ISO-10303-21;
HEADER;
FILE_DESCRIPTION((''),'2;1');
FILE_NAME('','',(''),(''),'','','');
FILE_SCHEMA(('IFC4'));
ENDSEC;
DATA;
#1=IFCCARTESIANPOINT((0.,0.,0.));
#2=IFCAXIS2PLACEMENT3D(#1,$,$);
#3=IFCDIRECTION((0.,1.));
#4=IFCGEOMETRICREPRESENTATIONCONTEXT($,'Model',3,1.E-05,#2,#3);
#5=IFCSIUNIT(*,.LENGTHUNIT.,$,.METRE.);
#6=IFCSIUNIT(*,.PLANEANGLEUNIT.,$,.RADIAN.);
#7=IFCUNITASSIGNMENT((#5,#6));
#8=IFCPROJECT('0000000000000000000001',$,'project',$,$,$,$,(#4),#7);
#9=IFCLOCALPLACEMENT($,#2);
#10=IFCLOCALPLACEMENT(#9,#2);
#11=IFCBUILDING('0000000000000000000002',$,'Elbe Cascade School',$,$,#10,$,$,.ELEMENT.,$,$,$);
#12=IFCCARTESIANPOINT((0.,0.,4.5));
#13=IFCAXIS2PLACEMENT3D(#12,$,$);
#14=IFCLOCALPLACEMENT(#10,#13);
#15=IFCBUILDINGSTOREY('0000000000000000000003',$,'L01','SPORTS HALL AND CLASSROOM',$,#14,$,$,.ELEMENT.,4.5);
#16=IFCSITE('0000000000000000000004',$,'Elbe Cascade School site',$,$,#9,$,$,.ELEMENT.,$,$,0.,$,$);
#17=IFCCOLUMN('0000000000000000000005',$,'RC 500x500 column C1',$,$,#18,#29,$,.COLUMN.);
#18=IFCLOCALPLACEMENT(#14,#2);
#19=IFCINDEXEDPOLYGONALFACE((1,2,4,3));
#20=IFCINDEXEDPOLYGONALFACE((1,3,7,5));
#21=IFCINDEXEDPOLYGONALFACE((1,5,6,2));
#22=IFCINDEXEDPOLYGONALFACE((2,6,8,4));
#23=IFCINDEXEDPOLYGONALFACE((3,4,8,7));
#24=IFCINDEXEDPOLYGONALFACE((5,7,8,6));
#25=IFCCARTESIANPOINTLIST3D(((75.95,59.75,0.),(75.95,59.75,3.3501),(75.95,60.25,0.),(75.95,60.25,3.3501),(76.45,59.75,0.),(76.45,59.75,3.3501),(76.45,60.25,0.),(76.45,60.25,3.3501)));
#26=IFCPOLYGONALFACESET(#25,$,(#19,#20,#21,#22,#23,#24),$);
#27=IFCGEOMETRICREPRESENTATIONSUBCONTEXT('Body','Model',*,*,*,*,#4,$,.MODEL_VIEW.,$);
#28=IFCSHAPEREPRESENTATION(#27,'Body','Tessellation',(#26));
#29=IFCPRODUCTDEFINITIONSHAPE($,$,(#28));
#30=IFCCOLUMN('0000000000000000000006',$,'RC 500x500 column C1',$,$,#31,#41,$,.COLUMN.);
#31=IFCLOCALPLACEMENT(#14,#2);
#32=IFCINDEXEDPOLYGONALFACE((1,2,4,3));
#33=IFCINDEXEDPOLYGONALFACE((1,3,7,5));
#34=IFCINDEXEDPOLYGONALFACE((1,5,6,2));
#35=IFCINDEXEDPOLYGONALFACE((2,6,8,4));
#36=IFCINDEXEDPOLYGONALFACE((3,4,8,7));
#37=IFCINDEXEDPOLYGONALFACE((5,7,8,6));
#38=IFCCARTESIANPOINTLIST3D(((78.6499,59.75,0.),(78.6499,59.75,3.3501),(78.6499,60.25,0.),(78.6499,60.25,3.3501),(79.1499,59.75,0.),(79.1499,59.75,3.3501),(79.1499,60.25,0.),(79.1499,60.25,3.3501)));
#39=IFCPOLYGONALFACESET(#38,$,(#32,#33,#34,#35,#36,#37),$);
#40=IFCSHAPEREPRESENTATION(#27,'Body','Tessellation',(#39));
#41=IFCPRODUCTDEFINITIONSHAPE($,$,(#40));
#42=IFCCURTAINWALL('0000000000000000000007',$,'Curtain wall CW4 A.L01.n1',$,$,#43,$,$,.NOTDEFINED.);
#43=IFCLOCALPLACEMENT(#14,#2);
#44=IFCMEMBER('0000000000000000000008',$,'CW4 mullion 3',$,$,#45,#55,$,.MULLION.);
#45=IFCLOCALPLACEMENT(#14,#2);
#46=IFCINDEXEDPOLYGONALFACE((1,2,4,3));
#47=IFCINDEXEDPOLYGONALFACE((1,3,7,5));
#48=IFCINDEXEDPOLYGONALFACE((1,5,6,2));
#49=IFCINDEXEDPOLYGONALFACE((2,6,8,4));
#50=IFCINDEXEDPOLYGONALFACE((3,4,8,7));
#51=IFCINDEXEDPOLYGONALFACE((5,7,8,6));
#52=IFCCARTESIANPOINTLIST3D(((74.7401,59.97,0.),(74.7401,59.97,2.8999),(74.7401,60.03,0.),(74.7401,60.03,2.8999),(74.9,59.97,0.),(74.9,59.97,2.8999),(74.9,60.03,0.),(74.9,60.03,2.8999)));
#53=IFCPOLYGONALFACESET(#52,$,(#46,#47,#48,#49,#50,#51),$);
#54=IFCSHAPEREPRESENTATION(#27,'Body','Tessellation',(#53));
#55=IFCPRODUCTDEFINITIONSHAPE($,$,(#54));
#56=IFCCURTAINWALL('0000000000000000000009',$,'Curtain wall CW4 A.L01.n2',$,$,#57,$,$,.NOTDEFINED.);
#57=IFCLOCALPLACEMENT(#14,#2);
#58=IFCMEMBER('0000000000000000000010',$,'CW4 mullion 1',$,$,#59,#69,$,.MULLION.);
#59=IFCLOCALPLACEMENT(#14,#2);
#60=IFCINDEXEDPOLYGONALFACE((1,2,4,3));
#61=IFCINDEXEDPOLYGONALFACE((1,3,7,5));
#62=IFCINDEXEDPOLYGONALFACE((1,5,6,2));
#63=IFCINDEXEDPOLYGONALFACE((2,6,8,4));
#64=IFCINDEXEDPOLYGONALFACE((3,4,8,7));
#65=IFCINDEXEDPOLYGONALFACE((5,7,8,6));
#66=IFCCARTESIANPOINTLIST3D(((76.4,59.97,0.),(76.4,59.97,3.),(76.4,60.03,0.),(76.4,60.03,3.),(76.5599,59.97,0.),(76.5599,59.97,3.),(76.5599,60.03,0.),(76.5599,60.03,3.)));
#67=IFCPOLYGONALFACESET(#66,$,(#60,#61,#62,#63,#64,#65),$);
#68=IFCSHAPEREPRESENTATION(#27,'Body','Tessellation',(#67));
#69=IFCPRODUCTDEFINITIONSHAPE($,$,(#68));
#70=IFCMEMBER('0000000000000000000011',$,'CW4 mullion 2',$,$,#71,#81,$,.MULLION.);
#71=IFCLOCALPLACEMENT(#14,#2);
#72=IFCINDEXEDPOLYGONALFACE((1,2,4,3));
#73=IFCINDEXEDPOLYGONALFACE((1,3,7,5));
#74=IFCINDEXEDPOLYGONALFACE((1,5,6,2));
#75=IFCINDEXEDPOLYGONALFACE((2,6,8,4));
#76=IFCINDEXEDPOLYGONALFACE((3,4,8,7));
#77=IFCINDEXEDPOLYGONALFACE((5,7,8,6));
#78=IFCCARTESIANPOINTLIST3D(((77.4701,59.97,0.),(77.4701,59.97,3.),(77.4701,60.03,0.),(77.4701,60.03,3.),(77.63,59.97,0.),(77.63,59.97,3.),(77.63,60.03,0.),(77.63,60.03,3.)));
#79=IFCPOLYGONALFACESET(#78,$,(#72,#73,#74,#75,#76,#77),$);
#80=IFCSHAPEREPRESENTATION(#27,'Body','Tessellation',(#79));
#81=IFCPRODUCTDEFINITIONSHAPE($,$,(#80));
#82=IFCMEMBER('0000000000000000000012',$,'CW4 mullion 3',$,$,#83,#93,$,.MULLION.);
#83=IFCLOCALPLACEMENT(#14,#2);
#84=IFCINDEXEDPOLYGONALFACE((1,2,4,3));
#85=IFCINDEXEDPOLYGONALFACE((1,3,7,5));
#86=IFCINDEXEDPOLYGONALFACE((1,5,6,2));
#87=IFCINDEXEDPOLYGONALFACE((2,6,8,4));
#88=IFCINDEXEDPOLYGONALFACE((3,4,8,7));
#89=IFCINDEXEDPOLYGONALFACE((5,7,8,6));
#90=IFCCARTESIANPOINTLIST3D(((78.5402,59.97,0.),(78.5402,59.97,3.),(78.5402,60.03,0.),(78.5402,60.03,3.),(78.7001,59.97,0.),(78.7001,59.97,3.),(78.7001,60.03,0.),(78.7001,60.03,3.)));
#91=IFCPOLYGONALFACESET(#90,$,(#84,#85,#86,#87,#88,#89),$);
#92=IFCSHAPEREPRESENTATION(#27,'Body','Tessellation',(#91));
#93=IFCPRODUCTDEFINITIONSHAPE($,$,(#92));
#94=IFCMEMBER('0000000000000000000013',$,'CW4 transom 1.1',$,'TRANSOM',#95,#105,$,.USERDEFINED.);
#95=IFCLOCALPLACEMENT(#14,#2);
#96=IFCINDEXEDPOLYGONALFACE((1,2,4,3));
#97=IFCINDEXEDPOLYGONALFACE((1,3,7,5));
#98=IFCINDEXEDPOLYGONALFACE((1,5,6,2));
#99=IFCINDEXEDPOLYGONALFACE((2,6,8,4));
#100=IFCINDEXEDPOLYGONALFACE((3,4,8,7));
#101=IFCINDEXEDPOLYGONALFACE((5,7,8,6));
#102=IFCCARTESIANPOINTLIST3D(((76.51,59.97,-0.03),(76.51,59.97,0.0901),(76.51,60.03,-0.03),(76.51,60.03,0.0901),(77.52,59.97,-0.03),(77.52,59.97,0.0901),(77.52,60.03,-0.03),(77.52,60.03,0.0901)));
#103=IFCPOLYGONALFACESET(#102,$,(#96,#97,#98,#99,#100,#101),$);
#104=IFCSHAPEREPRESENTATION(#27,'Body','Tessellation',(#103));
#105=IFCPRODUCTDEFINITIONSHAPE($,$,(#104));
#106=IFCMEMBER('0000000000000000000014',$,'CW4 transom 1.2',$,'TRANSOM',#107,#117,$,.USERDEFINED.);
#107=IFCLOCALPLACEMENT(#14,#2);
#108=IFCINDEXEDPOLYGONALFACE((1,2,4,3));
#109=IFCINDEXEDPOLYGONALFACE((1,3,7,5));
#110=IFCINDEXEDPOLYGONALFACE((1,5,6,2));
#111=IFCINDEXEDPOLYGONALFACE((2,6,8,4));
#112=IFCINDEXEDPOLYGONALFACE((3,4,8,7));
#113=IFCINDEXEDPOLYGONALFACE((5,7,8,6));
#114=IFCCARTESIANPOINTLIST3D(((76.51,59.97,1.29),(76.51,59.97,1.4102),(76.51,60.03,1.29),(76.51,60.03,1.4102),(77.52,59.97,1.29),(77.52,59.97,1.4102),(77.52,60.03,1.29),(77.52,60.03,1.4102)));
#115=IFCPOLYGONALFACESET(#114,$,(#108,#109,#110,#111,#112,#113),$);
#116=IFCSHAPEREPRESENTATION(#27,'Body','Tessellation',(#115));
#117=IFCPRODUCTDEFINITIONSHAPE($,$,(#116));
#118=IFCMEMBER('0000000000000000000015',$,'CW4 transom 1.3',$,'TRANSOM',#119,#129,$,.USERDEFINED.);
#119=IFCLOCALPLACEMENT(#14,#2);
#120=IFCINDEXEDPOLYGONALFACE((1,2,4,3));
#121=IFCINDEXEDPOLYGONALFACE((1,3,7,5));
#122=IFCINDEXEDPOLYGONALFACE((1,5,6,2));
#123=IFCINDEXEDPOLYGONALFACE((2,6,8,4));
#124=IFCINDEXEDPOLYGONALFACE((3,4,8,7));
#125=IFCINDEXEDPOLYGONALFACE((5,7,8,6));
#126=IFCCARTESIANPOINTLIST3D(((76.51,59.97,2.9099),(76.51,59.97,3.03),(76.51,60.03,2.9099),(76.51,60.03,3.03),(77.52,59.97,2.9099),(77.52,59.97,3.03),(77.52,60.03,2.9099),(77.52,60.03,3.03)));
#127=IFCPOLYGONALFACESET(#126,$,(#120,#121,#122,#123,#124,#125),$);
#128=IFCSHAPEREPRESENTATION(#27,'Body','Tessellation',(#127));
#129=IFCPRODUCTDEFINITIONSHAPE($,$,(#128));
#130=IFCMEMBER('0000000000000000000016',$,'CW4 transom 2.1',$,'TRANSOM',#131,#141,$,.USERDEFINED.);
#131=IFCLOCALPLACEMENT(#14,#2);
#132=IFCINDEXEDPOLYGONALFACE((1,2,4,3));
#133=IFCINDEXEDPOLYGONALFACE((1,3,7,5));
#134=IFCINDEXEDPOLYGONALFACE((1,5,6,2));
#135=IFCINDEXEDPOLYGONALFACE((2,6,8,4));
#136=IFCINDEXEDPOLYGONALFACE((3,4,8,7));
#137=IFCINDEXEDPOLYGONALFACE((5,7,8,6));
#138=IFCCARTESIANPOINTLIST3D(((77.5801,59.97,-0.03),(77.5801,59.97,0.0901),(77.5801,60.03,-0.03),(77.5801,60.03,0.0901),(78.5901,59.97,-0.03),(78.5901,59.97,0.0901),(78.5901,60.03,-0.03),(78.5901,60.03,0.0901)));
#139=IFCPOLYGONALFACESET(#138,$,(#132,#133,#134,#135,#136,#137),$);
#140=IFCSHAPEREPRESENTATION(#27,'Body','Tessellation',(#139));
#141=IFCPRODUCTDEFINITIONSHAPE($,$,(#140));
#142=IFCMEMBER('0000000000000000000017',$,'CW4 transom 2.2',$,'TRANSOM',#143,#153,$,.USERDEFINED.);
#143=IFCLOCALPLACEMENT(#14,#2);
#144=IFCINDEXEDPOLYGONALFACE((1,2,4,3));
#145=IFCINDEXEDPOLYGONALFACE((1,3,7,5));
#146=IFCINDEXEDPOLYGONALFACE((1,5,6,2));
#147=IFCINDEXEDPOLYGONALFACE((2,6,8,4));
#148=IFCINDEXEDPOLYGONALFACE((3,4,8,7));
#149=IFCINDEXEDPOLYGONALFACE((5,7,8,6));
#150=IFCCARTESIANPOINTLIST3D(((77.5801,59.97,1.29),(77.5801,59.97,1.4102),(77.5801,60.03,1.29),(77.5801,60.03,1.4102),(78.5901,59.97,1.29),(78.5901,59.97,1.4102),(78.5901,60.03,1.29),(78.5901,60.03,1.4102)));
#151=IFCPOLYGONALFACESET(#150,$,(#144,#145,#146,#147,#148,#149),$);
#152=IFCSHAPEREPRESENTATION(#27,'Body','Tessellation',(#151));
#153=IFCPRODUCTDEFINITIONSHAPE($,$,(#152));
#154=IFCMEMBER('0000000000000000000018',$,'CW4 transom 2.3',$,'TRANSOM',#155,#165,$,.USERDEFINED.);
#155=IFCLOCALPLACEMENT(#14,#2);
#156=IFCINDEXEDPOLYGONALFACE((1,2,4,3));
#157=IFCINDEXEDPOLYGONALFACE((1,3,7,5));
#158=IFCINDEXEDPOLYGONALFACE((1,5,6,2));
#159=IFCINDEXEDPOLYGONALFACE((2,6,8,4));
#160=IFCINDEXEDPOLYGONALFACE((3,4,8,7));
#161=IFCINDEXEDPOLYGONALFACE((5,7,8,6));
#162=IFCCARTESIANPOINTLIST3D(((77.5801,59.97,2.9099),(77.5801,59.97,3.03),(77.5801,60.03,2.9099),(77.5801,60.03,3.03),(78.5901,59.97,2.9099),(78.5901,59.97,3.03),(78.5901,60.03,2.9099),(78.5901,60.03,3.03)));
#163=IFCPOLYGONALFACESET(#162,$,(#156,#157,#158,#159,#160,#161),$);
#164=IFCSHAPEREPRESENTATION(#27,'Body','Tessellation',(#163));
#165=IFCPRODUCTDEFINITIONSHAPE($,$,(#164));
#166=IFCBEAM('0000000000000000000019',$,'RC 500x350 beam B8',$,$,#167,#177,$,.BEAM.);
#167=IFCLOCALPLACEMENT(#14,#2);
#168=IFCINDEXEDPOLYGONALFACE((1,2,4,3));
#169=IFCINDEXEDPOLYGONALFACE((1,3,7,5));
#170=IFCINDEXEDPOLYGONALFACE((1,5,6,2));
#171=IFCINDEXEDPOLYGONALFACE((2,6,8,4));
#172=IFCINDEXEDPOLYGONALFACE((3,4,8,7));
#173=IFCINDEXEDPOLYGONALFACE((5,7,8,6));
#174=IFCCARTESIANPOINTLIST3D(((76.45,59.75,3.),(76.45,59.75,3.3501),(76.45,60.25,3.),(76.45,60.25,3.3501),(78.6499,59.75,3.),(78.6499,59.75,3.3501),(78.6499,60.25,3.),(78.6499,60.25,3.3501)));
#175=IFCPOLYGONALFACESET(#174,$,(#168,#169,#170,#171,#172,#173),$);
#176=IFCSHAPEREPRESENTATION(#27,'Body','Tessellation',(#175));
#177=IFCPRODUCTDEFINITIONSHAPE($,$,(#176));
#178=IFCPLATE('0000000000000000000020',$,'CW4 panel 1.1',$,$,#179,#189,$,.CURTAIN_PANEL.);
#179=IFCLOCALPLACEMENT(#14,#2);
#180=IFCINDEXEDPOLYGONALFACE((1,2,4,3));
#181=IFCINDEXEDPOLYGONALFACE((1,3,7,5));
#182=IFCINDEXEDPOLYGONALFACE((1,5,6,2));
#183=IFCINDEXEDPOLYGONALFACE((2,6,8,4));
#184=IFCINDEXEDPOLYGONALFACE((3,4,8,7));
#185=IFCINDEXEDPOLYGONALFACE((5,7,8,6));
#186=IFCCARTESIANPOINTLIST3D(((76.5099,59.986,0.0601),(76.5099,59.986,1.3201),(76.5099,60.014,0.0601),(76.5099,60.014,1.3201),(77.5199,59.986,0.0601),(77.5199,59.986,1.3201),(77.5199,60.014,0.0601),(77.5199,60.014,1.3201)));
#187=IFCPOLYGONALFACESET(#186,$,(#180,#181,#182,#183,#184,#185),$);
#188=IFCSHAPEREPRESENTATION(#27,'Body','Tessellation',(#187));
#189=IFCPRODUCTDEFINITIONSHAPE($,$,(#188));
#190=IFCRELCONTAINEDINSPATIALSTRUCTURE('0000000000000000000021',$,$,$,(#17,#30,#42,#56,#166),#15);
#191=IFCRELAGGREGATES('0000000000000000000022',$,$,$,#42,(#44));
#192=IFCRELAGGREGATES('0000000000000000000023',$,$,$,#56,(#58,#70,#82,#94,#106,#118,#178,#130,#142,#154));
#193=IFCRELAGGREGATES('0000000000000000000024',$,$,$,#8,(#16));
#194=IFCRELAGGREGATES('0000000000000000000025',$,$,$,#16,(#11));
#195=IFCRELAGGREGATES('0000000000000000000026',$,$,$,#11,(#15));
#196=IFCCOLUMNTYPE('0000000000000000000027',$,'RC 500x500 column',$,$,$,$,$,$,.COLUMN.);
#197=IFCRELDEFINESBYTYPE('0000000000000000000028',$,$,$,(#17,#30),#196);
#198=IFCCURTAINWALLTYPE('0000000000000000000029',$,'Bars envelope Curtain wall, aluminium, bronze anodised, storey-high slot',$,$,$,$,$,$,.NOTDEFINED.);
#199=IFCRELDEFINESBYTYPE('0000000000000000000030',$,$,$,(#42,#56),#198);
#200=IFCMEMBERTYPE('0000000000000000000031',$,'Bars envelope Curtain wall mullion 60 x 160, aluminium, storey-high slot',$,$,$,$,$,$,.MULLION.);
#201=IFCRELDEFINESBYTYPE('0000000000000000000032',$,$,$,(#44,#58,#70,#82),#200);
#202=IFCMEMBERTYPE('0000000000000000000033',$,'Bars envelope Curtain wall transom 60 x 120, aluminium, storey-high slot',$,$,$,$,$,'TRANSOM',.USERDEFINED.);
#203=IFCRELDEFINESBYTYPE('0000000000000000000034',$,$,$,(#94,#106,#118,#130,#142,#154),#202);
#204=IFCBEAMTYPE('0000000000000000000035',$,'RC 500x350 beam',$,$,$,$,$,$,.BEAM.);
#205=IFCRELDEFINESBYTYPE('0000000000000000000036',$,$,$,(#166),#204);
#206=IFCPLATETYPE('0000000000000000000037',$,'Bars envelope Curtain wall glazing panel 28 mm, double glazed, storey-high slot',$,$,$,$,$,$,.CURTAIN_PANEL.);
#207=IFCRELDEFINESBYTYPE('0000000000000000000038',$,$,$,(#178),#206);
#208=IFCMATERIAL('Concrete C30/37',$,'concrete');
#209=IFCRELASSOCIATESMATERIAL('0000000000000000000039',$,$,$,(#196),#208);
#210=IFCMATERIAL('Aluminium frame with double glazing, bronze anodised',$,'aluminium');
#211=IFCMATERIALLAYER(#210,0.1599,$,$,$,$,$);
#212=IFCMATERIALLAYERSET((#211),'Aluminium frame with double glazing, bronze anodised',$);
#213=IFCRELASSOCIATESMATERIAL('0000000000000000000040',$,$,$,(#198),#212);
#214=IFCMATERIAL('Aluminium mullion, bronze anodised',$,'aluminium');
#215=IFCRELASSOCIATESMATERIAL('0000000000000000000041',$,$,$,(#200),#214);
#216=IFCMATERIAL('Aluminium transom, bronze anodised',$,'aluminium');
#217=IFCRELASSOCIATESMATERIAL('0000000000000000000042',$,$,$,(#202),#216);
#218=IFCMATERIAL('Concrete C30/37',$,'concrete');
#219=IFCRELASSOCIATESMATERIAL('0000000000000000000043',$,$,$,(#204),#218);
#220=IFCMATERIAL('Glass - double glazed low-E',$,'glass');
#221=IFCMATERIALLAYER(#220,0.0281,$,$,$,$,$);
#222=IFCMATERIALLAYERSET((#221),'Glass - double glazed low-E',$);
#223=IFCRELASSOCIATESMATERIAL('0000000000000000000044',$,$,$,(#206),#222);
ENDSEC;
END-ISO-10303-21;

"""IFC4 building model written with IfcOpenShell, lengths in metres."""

from ifc_helpers import new_model, si_unit, direction, frame, origin, origin_2d, place, context, subcontext, project, spatial, rectangle, extrude, material, layer, layer_set, material_profile, profile_set, type_object, element, aggregate, save


model = new_model("IFC4")

# Units and contexts
model_context = context("Model", 3, precision=1e-05, world=origin(), true_north=direction((0.0, 1.0)))
body_context = subcontext(model_context, "Body", "Model", "MODEL_VIEW")
ifc_project = project(units=[si_unit("LENGTHUNIT", "METRE"), si_unit("PLANEANGLEUNIT", "RADIAN")], contexts=[model_context])

# Site, building, storey
site_placement = place(None, origin())
site = spatial("IfcSite", under=ifc_project, at=site_placement, Name="Elbe Cascade School site", CompositionType="ELEMENT", RefElevation=0.0)
building_placement = place(site_placement, origin())
building = spatial("IfcBuilding", under=site, at=building_placement, Name="Elbe Cascade School", CompositionType="ELEMENT")
storey_placement = place(building_placement, frame((0.0, 0.0, 4.5)))
storey = spatial("IfcBuildingStorey", under=building, at=storey_placement, Name="L01", Description="SPORTS HALL AND CLASSROOM", CompositionType="ELEMENT", Elevation=4.5)

# Columns
ifc_material_1 = material(Name="Concrete C30/37", Category="concrete")
ifc_material_profile_1 = material_profile(ifc_material_1, rectangle(XDim=0.5, YDim=0.5, at=origin_2d()), Name="RC 500x500")
ifc_profile_set_1 = profile_set([ifc_material_profile_1], Name="Concrete C30/37")
column_type = type_object("IfcColumnType", Name="RC 500x500 column", PredefinedType="COLUMN", material=ifc_profile_set_1)
for number, where, z_axis, x_axis, name in (
    (1, (76.2, 60.0, 0.0), (0.0, 0.0, 1.0), (1.0, 0.0, 0.0), "RC 500x500 column C1"),
    (2, (78.8999, 60.0, 0.0), (0.0, 0.0, 1.0), (1.0, 0.0, 0.0), "RC 500x500 column C1"),
):
    element("IfcColumn", number, at=place(storey_placement, frame(where, z_axis=z_axis, x_axis=x_axis)), inside=storey, type_object=column_type, Name=name, PredefinedType="COLUMN", context=body_context, shape_type="SweptSolid", body=[
        extrude(rectangle(XDim=0.5, YDim=0.5, at=origin_2d()), origin(), (0.0, 0.0, 1.0), 3.3501),
    ])

# Curtain wall, member
ifc_material_2 = material(Name="Aluminium frame with double glazing, bronze anodised", Category="aluminium")
ifc_layer_1 = layer(ifc_material_2, 0.1599)
ifc_layer_set_1 = layer_set([ifc_layer_1], Name="Aluminium frame with double glazing, bronze anodised")
curtain_wall_type = type_object("IfcCurtainWallType", Name="Bars envelope Curtain wall, aluminium, bronze anodised, storey-high slot", PredefinedType="NOTDEFINED", material=ifc_layer_set_1)
curtain_wall_1_placement = place(storey_placement, origin())
curtain_wall_1 = element("IfcCurtainWall", 3, at=curtain_wall_1_placement, inside=storey, type_object=curtain_wall_type, Name="Curtain wall CW4 A.L01.n1", PredefinedType="NOTDEFINED")
ifc_material_3 = material(Name="Aluminium mullion, bronze anodised", Category="aluminium")
ifc_material_profile_2 = material_profile(ifc_material_3, rectangle(XDim=0.0601, YDim=0.1599, at=origin_2d()), Name="Bars envelope Curtain wall mullion 60 x 160, aluminium, storey-high slot")
ifc_profile_set_2 = profile_set([ifc_material_profile_2], Name="Aluminium mullion, bronze anodised")
member_type_1 = type_object("IfcMemberType", Name="Bars envelope Curtain wall mullion 60 x 160, aluminium, storey-high slot", PredefinedType="MULLION", material=ifc_profile_set_2)
member_1_placement = place(storey_placement, frame((74.8201, 60.0, 0.0), z_axis=(0.0, 0.0, 1.0), x_axis=(0.0, 1.0, 0.0)))
member_1 = element("IfcMember", 4, at=member_1_placement, type_object=member_type_1, Name="CW4 mullion 3", PredefinedType="MULLION", context=body_context, shape_type="SweptSolid", body=[
    extrude(rectangle(XDim=0.0601, YDim=0.1599, at=origin_2d()), origin(), (0.0, 0.0, 1.0), 2.8999),
])
aggregate(curtain_wall_1, [member_1])

# Curtain wall, members
curtain_wall_2_placement = place(storey_placement, origin())
curtain_wall_2 = element("IfcCurtainWall", 5, at=curtain_wall_2_placement, inside=storey, type_object=curtain_wall_type, Name="Curtain wall CW4 A.L01.n2", PredefinedType="NOTDEFINED")
member_2_placement = place(storey_placement, frame((76.48, 60.0, 0.0), z_axis=(0.0, 0.0, 1.0), x_axis=(0.0, 1.0, 0.0)))
member_2 = element("IfcMember", 6, at=member_2_placement, type_object=member_type_1, Name="CW4 mullion 1", PredefinedType="MULLION", context=body_context, shape_type="SweptSolid", body=[
    extrude(rectangle(XDim=0.0601, YDim=0.1599, at=origin_2d()), origin(), (0.0, 0.0, 1.0), 3.0),
])
member_3_placement = place(storey_placement, frame((77.55, 60.0, 0.0), z_axis=(0.0, 0.0, 1.0), x_axis=(0.0, 1.0, 0.0)))
member_3 = element("IfcMember", 7, at=member_3_placement, type_object=member_type_1, Name="CW4 mullion 2", PredefinedType="MULLION", context=body_context, shape_type="SweptSolid", body=[
    extrude(rectangle(XDim=0.0601, YDim=0.1599, at=origin_2d()), origin(), (0.0, 0.0, 1.0), 3.0),
])
member_4_placement = place(storey_placement, frame((78.6201, 60.0, 0.0), z_axis=(0.0, 0.0, 1.0), x_axis=(0.0, 1.0, 0.0)))
member_4 = element("IfcMember", 8, at=member_4_placement, type_object=member_type_1, Name="CW4 mullion 3", PredefinedType="MULLION", context=body_context, shape_type="SweptSolid", body=[
    extrude(rectangle(XDim=0.0601, YDim=0.1599, at=origin_2d()), origin(), (0.0, 0.0, 1.0), 3.0),
])
ifc_material_4 = material(Name="Aluminium transom, bronze anodised", Category="aluminium")
ifc_material_profile_3 = material_profile(ifc_material_4, rectangle(XDim=0.0601, YDim=0.1201, at=origin_2d()), Name="Bars envelope Curtain wall transom 60 x 120, aluminium, storey-high slot")
ifc_profile_set_3 = profile_set([ifc_material_profile_3], Name="Aluminium transom, bronze anodised")
member_type_2 = type_object("IfcMemberType", Name="Bars envelope Curtain wall transom 60 x 120, aluminium, storey-high slot", ElementType="TRANSOM", PredefinedType="USERDEFINED", material=ifc_profile_set_3)
member_5_placement = place(storey_placement, frame((76.51, 60.0, 0.03), z_axis=(1.0, 0.0, 0.0), x_axis=(0.0, 1.0, 0.0)))
member_5 = element("IfcMember", 9, at=member_5_placement, type_object=member_type_2, Name="CW4 transom 1.1", ObjectType="TRANSOM", PredefinedType="USERDEFINED", context=body_context, shape_type="SweptSolid", body=[
    extrude(rectangle(XDim=0.0601, YDim=0.1201, at=origin_2d()), origin(), (0.0, 0.0, 1.0), 1.01),
])
member_6_placement = place(storey_placement, frame((76.51, 60.0, 1.3501), z_axis=(1.0, 0.0, 0.0), x_axis=(0.0, 1.0, 0.0)))
member_6 = element("IfcMember", 10, at=member_6_placement, type_object=member_type_2, Name="CW4 transom 1.2", ObjectType="TRANSOM", PredefinedType="USERDEFINED", context=body_context, shape_type="SweptSolid", body=[
    extrude(rectangle(XDim=0.0601, YDim=0.1201, at=origin_2d()), origin(), (0.0, 0.0, 1.0), 1.01),
])
member_7_placement = place(storey_placement, frame((76.51, 60.0, 2.97), z_axis=(1.0, 0.0, 0.0), x_axis=(0.0, 1.0, 0.0)))
member_7 = element("IfcMember", 11, at=member_7_placement, type_object=member_type_2, Name="CW4 transom 1.3", ObjectType="TRANSOM", PredefinedType="USERDEFINED", context=body_context, shape_type="SweptSolid", body=[
    extrude(rectangle(XDim=0.0601, YDim=0.1201, at=origin_2d()), origin(), (0.0, 0.0, 1.0), 1.01),
])
member_8_placement = place(storey_placement, frame((77.5801, 60.0, 0.03), z_axis=(1.0, 0.0, 0.0), x_axis=(0.0, 1.0, 0.0)))
member_8 = element("IfcMember", 12, at=member_8_placement, type_object=member_type_2, Name="CW4 transom 2.1", ObjectType="TRANSOM", PredefinedType="USERDEFINED", context=body_context, shape_type="SweptSolid", body=[
    extrude(rectangle(XDim=0.0601, YDim=0.1201, at=origin_2d()), origin(), (0.0, 0.0, 1.0), 1.01),
])
member_9_placement = place(storey_placement, frame((77.5801, 60.0, 1.3501), z_axis=(1.0, 0.0, 0.0), x_axis=(0.0, 1.0, 0.0)))
member_9 = element("IfcMember", 13, at=member_9_placement, type_object=member_type_2, Name="CW4 transom 2.2", ObjectType="TRANSOM", PredefinedType="USERDEFINED", context=body_context, shape_type="SweptSolid", body=[
    extrude(rectangle(XDim=0.0601, YDim=0.1201, at=origin_2d()), origin(), (0.0, 0.0, 1.0), 1.01),
])
member_10_placement = place(storey_placement, frame((77.5801, 60.0, 2.97), z_axis=(1.0, 0.0, 0.0), x_axis=(0.0, 1.0, 0.0)))
member_10 = element("IfcMember", 14, at=member_10_placement, type_object=member_type_2, Name="CW4 transom 2.3", ObjectType="TRANSOM", PredefinedType="USERDEFINED", context=body_context, shape_type="SweptSolid", body=[
    extrude(rectangle(XDim=0.0601, YDim=0.1201, at=origin_2d()), origin(), (0.0, 0.0, 1.0), 1.01),
])

# Beam
ifc_material_5 = material(Name="Concrete C30/37", Category="concrete")
ifc_material_profile_4 = material_profile(ifc_material_5, rectangle(XDim=0.5, YDim=0.3501, at=origin_2d()), Name="RC 500x350")
ifc_profile_set_4 = profile_set([ifc_material_profile_4], Name="Concrete C30/37")
beam_type = type_object("IfcBeamType", Name="RC 500x350 beam", PredefinedType="BEAM", material=ifc_profile_set_4)
beam_placement = place(storey_placement, frame((76.45, 60.0, 3.175), z_axis=(1.0, 0.0, 0.0), x_axis=(0.0, 1.0, 0.0)))
element("IfcBeam", 15, at=beam_placement, inside=storey, type_object=beam_type, Name="RC 500x350 beam B8", PredefinedType="BEAM", context=body_context, shape_type="SweptSolid", body=[
    extrude(rectangle(XDim=0.5, YDim=0.3501, at=origin_2d()), origin(), (0.0, 0.0, 1.0), 2.2),
])

# Plate
ifc_material_6 = material(Name="Glass - double glazed low-E", Category="glass")
ifc_layer_2 = layer(ifc_material_6, 0.0281)
ifc_layer_set_2 = layer_set([ifc_layer_2], Name="Glass - double glazed low-E")
plate_type = type_object("IfcPlateType", Name="Bars envelope Curtain wall glazing panel 28 mm, double glazed, storey-high slot", PredefinedType="CURTAIN_PANEL", material=ifc_layer_set_2)
plate_1_placement = place(storey_placement, frame((77.0149, 60.0, 0.0601), z_axis=(0.0, 0.0, 1.0), x_axis=(1.0, 0.0, 0.0)))
plate_1 = element("IfcPlate", 16, at=plate_1_placement, type_object=plate_type, Name="CW4 panel 1.1", PredefinedType="CURTAIN_PANEL", context=body_context, shape_type="SweptSolid", body=[
    extrude(rectangle(XDim=1.01, YDim=0.0281, at=origin_2d()), origin(), (0.0, 0.0, 1.0), 1.26),
])
aggregate(curtain_wall_2, [member_2, member_3, member_4, member_5, member_6, member_7, plate_1, member_8, member_9, member_10])

save(model, "model.ifc")
